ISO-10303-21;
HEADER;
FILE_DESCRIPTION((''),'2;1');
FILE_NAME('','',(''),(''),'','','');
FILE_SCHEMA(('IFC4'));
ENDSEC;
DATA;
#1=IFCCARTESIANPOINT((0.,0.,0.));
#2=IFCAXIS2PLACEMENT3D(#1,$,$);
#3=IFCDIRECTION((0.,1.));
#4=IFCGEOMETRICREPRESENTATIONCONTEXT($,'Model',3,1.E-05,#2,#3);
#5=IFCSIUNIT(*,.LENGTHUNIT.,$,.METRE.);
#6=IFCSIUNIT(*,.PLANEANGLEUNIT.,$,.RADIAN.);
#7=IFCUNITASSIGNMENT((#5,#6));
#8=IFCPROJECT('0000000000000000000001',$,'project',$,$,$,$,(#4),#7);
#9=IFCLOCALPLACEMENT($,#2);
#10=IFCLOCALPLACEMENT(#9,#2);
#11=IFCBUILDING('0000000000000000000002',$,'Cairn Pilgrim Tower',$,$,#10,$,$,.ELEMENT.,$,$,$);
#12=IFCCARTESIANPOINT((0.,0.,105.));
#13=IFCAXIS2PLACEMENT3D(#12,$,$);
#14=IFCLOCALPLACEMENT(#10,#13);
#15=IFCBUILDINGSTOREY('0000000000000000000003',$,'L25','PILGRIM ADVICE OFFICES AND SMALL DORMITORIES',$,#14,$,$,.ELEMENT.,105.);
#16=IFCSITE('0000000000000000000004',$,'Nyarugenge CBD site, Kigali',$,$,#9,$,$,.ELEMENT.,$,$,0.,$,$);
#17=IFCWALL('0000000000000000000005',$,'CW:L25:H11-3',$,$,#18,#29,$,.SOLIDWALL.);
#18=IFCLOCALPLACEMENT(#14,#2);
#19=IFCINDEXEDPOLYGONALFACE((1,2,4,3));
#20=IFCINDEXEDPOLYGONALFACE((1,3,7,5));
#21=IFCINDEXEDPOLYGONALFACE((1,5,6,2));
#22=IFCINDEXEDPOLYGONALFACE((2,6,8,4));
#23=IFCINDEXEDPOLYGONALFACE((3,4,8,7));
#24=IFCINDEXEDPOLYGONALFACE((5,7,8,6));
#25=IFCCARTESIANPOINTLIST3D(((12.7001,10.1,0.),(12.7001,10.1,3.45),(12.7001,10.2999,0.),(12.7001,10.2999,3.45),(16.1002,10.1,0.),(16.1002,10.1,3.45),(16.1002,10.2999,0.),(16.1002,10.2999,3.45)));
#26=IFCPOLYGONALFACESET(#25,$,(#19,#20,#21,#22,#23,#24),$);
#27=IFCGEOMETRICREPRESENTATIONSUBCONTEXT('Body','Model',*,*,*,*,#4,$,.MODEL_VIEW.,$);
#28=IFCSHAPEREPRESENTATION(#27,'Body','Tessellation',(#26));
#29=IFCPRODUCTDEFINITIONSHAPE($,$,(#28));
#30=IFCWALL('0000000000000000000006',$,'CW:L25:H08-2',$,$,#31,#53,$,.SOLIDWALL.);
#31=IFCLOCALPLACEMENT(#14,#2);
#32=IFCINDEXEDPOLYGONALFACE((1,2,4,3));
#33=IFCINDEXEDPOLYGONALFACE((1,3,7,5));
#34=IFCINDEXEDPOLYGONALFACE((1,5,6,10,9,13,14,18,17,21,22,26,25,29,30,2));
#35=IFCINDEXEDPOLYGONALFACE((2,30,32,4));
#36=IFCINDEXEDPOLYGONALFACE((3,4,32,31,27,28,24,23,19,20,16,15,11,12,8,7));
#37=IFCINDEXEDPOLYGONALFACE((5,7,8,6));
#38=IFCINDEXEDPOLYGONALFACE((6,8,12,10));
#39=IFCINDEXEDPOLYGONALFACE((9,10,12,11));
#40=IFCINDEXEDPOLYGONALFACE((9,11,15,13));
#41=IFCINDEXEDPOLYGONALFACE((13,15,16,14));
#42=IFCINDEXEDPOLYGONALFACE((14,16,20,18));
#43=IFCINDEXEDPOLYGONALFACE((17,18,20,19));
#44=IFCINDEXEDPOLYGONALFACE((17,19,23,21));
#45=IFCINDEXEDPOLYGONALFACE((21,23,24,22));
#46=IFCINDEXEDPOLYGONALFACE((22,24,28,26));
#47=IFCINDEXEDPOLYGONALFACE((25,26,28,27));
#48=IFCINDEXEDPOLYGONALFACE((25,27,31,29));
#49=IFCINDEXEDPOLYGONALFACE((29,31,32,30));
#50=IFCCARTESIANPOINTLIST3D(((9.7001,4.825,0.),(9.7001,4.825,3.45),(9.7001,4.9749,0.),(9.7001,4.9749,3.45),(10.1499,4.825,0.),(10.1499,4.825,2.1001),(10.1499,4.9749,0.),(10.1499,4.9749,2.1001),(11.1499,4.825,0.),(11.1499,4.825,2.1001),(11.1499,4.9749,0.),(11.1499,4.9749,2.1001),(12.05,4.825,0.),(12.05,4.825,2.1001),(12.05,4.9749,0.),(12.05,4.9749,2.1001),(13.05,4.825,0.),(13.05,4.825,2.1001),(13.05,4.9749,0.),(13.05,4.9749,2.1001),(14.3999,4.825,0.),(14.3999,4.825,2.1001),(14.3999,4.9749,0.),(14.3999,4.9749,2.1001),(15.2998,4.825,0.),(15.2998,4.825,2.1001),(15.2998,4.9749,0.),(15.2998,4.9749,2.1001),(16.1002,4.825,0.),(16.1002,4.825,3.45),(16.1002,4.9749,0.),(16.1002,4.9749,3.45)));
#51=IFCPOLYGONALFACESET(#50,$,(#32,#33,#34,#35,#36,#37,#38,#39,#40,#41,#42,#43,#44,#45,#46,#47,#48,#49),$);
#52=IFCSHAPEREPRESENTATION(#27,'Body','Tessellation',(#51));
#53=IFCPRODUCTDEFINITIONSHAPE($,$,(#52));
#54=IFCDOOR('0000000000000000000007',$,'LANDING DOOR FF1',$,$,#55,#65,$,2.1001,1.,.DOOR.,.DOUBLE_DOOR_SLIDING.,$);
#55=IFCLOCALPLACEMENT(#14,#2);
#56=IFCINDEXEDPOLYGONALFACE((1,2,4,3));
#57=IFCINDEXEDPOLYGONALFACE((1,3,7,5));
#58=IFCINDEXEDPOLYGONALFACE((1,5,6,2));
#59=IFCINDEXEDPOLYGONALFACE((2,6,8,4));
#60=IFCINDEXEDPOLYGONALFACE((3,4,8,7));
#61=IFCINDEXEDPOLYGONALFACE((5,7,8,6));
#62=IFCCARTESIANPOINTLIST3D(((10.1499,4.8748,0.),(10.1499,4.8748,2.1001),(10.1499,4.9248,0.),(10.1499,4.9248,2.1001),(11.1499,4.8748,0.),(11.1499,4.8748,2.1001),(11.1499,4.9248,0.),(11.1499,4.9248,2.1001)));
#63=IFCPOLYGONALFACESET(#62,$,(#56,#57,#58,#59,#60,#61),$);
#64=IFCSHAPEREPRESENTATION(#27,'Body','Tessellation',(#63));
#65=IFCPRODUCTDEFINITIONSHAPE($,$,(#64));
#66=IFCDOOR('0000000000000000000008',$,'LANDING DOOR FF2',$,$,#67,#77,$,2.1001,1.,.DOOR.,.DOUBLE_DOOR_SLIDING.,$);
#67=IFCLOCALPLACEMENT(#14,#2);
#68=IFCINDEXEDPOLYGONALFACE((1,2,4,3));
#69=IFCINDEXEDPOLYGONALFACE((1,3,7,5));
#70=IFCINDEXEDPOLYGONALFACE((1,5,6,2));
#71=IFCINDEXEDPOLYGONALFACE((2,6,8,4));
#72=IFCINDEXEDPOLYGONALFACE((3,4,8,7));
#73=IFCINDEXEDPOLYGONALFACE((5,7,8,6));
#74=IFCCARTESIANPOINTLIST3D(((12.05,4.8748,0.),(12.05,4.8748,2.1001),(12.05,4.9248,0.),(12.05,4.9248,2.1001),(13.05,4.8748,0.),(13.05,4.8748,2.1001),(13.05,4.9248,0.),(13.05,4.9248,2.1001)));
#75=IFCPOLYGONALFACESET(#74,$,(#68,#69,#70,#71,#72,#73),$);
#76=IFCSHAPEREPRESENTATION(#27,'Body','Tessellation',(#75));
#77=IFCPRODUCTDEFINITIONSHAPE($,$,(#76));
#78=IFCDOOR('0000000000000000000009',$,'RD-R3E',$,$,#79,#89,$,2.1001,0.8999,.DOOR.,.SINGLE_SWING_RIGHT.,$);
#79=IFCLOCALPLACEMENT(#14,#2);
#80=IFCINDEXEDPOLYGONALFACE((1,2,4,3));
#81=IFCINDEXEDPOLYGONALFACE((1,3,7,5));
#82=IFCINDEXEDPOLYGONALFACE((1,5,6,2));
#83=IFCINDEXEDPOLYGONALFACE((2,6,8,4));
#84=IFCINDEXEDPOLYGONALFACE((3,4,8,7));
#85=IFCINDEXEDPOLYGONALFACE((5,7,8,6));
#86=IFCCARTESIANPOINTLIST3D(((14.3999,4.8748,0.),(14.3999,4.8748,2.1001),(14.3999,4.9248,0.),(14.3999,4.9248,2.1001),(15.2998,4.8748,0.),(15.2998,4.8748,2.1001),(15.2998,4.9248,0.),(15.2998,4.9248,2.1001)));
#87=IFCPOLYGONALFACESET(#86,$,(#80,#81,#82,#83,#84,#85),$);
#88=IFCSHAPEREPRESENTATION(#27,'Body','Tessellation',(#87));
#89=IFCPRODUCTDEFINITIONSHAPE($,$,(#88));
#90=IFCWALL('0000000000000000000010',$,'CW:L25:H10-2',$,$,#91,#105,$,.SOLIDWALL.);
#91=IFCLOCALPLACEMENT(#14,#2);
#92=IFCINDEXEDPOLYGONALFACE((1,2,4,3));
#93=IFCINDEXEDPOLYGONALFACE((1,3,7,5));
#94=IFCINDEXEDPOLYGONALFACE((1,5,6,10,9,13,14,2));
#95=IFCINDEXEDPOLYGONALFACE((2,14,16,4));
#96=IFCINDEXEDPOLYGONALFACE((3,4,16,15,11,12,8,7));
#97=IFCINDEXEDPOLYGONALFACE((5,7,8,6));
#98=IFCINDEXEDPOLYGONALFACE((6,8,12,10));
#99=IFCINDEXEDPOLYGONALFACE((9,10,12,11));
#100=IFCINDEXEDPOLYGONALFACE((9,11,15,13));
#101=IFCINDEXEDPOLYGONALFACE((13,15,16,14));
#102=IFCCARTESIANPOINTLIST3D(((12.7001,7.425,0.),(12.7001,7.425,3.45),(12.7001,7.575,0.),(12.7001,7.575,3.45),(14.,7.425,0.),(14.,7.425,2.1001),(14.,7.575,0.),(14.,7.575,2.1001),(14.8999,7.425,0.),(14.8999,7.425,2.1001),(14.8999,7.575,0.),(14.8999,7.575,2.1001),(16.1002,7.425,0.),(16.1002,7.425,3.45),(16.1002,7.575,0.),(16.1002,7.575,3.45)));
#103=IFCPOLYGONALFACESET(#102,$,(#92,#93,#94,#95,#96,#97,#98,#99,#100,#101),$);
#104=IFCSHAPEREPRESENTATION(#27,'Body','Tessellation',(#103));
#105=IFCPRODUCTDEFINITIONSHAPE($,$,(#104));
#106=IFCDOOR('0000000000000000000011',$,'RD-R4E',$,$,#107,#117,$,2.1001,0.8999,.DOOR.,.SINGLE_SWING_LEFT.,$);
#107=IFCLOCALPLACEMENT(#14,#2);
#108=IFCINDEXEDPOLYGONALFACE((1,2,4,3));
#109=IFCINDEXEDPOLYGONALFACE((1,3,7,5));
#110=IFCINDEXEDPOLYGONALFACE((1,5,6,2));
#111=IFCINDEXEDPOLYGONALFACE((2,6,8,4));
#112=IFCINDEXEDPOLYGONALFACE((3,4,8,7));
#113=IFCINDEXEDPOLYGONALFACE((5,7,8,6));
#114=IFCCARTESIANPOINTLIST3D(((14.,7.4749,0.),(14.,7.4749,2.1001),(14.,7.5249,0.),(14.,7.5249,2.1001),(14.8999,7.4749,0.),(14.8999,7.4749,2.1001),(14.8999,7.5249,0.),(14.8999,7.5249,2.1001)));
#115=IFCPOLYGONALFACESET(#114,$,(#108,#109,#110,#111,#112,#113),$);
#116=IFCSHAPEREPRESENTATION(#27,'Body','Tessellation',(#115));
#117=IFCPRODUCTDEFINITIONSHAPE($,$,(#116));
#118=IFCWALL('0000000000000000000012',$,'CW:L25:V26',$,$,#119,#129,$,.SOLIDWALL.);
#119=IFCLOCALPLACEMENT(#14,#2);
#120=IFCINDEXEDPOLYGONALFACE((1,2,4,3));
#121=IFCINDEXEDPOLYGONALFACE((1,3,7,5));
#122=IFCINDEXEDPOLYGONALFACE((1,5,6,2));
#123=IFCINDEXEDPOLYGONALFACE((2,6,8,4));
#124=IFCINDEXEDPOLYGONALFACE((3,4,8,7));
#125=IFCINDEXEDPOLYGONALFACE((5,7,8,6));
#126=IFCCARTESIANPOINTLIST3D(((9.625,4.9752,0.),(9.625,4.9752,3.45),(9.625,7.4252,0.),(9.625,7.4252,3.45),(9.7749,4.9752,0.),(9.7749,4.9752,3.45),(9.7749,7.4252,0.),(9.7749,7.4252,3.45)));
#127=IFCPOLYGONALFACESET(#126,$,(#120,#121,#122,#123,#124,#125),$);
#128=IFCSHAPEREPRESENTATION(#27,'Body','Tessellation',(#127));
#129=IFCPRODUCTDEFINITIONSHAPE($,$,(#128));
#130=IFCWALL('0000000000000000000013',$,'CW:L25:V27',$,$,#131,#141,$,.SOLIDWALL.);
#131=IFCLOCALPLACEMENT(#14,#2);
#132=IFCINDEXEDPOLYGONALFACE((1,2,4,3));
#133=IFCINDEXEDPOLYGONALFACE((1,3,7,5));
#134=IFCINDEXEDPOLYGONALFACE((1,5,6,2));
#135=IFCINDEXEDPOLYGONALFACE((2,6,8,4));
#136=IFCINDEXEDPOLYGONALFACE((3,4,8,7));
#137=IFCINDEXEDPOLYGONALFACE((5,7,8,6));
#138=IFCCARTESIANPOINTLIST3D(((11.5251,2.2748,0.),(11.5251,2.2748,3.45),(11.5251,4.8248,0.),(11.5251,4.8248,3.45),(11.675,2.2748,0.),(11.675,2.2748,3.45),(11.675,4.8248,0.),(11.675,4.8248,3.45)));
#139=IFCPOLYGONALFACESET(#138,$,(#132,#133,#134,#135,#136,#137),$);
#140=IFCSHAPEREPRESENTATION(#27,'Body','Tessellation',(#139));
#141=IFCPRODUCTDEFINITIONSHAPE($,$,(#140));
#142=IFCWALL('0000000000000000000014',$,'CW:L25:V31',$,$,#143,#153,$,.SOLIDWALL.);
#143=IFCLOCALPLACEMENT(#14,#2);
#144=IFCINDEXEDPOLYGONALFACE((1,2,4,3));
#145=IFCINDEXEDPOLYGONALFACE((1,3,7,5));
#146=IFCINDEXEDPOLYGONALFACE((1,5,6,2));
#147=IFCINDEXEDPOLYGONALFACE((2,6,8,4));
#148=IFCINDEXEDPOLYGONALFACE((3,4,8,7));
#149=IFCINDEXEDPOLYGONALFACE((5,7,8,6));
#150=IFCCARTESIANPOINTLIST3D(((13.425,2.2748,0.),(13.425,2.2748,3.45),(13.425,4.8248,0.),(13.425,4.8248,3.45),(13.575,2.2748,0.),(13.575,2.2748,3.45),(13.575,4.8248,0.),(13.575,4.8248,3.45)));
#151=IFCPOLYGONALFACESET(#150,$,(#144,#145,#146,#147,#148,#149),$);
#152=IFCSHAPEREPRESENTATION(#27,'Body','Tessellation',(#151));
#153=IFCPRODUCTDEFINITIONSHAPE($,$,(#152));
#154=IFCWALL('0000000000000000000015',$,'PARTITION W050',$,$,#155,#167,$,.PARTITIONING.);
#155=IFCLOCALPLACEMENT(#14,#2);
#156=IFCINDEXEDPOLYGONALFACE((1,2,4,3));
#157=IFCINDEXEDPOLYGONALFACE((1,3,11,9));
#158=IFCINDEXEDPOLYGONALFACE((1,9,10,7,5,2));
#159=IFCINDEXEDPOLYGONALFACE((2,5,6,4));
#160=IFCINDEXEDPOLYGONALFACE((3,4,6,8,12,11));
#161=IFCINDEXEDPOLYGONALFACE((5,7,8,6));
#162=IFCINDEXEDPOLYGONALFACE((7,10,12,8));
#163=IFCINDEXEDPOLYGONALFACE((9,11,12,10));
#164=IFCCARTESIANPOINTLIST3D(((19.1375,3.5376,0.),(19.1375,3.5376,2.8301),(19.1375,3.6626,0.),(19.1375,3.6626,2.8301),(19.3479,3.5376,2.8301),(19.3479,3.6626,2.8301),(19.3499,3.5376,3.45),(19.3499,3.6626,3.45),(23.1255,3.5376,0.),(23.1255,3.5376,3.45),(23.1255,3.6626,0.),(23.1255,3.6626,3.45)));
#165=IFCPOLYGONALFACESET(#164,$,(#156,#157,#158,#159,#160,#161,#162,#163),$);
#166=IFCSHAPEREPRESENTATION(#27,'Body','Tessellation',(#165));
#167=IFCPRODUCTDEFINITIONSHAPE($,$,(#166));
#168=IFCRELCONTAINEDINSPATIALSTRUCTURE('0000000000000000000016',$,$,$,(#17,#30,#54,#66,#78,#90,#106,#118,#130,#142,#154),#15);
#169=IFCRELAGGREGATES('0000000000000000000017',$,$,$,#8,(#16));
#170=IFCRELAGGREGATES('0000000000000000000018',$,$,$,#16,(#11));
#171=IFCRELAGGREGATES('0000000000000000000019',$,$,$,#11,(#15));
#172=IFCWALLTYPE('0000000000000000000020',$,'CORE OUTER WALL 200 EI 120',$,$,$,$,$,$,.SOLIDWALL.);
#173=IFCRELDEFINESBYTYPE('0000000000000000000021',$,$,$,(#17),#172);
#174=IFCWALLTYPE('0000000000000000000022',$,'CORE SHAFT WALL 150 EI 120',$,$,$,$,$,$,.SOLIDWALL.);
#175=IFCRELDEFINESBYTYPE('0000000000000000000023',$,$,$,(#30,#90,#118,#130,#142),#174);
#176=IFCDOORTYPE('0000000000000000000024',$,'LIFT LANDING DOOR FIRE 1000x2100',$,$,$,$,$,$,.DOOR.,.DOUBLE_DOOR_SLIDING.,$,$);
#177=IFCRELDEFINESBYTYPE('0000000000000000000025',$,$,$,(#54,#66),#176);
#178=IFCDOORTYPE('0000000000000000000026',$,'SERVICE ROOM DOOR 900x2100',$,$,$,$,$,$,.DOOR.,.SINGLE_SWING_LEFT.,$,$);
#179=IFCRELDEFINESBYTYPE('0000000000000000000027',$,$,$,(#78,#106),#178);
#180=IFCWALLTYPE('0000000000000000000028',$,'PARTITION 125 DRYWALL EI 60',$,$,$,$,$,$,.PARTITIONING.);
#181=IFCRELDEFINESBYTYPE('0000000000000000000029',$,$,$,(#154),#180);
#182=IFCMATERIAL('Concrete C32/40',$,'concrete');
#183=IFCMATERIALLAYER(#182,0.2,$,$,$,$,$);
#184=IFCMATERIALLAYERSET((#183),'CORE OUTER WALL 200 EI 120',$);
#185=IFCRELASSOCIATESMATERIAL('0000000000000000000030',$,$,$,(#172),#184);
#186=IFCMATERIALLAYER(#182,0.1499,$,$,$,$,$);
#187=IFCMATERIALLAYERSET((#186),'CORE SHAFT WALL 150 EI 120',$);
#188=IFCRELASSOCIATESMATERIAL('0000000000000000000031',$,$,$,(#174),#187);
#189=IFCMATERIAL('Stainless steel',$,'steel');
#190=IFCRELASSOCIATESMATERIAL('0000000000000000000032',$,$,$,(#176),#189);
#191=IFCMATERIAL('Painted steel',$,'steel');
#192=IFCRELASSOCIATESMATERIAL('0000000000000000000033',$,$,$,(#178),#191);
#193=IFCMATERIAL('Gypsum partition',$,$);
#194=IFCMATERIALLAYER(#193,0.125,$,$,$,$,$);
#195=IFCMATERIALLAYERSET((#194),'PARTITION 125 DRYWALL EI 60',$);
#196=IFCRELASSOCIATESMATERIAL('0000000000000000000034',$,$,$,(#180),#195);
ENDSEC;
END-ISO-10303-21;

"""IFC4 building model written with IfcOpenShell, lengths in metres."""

from ifc_helpers import new_model, si_unit, direction, frame, frame_2d, origin, place, context, subcontext, project, spatial, polyline, rectangle, outline, extrude, material, layer, layer_set, type_object, element, fill, save


model = new_model("IFC4")

# Units and contexts
model_context = context("Model", 3, precision=1e-05, world=origin(), true_north=direction((0.0, 1.0)))
body_context = subcontext(model_context, "Body", "Model", "MODEL_VIEW")
ifc_project = project(units=[si_unit("LENGTHUNIT", "METRE"), si_unit("PLANEANGLEUNIT", "RADIAN")], contexts=[model_context])

# Site, building, storey
site_placement = place(None, origin())
site = spatial("IfcSite", under=ifc_project, at=site_placement, Name="Nyarugenge CBD site, Kigali", CompositionType="ELEMENT", RefElevation=0.0)
building_placement = place(site_placement, origin())
building = spatial("IfcBuilding", under=site, at=building_placement, Name="Cairn Pilgrim Tower", CompositionType="ELEMENT")
storey_placement = place(building_placement, frame((0.0, 0.0, 105.0)))
storey = spatial("IfcBuildingStorey", under=building, at=storey_placement, Name="L25", Description="PILGRIM ADVICE OFFICES AND SMALL DORMITORIES", CompositionType="ELEMENT", Elevation=105.0)

# Wall
ifc_material_1 = material(Name="Concrete C32/40", Category="concrete")
ifc_layer_1 = layer(ifc_material_1, 0.2)
ifc_layer_set_1 = layer_set([ifc_layer_1], Name="CORE OUTER WALL 200 EI 120")
wall_type_1 = type_object("IfcWallType", Name="CORE OUTER WALL 200 EI 120", PredefinedType="SOLIDWALL", material=ifc_layer_set_1)
wall_1_placement = place(storey_placement, frame((12.7, 10.2, 0.0), z_axis=(0.0, 0.0, 1.0), x_axis=(1.0, 0.0, 0.0)))
element("IfcWall", 1, at=wall_1_placement, inside=storey, type_object=wall_type_1, Name="CW:L25:H11-3", PredefinedType="SOLIDWALL", context=body_context, shape_type="SweptSolid", body=[
    extrude(rectangle(XDim=3.4001, YDim=0.2, at=frame_2d((1.7002, 0.0))), origin(), (0.0, 0.0, 1.0), 3.45),
])

# Wall, openings, doors
ifc_layer_2 = layer(ifc_material_1, 0.1499)
ifc_layer_set_2 = layer_set([ifc_layer_2], Name="CORE SHAFT WALL 150 EI 120")
wall_type_2 = type_object("IfcWallType", Name="CORE SHAFT WALL 150 EI 120", PredefinedType="SOLIDWALL", material=ifc_layer_set_2)
wall_2_placement = place(storey_placement, frame((9.7, 4.8999, 0.0), z_axis=(0.0, 0.0, 1.0), x_axis=(1.0, 0.0, 0.0)))
wall_2 = element("IfcWall", 2, at=wall_2_placement, inside=storey, type_object=wall_type_2, Name="CW:L25:H08-2", PredefinedType="SOLIDWALL", context=body_context, shape_type="SweptSolid", body=[
    extrude(rectangle(XDim=6.4001, YDim=0.1499, at=frame_2d((3.2002, 0.0))), origin(), (0.0, 0.0, 1.0), 3.45),
])
opening_1_placement = place(wall_2_placement, frame((0.45, 0.0, 0.0)))
opening_1 = element("IfcOpeningElement", 3, at=opening_1_placement, cuts=wall_2, PredefinedType="OPENING", context=body_context, shape_type="SweptSolid", body=[
    extrude(rectangle(XDim=1.0, YDim=2.1001, at=frame_2d((0.5, 1.05))), frame((0.0, 0.085, 0.0), z_axis=(0.0, -1.0, 0.0), x_axis=(1.0, 0.0, 0.0)), (0.0, 0.0, 1.0), 0.1699),
])
opening_2_placement = place(wall_2_placement, frame((2.3501, 0.0, 0.0)))
opening_2 = element("IfcOpeningElement", 4, at=opening_2_placement, cuts=wall_2, PredefinedType="OPENING", context=body_context, shape_type="SweptSolid", body=[
    extrude(rectangle(XDim=1.0, YDim=2.1001, at=frame_2d((0.5, 1.05))), frame((0.0, 0.085, 0.0), z_axis=(0.0, -1.0, 0.0), x_axis=(1.0, 0.0, 0.0)), (0.0, 0.0, 1.0), 0.1699),
])
opening_3_placement = place(wall_2_placement, frame((4.7, 0.0, 0.0)))
opening_3 = element("IfcOpeningElement", 5, at=opening_3_placement, cuts=wall_2, PredefinedType="OPENING", context=body_context, shape_type="SweptSolid", body=[
    extrude(rectangle(XDim=0.8999, YDim=2.1001, at=frame_2d((0.45, 1.05))), frame((0.0, 0.085, 0.0), z_axis=(0.0, -1.0, 0.0), x_axis=(1.0, 0.0, 0.0)), (0.0, 0.0, 1.0), 0.1699),
])
ifc_material_2 = material(Name="Stainless steel", Category="steel")
door_type_1 = type_object("IfcDoorType", Name="LIFT LANDING DOOR FIRE 1000x2100", OperationType="DOUBLE_DOOR_SLIDING", PredefinedType="DOOR", material=ifc_material_2)
door_1_placement = place(opening_1_placement, origin())
door_1 = element("IfcDoor", 6, at=door_1_placement, inside=storey, type_object=door_type_1, Name="LANDING DOOR FF1", OperationType="DOUBLE_DOOR_SLIDING", OverallHeight=2.1001, OverallWidth=1.0, PredefinedType="DOOR", context=body_context, shape_type="SweptSolid", body=[
    extrude(rectangle(XDim=1.0, YDim=2.1001, at=frame_2d((0.5, 1.05))), frame((0.0, 0.0249, 0.0), z_axis=(0.0, -1.0, 0.0), x_axis=(1.0, 0.0, 0.0)), (0.0, 0.0, 1.0), 0.05),
])
fill(opening_1, door_1)
door_2_placement = place(opening_2_placement, origin())
door_2 = element("IfcDoor", 7, at=door_2_placement, inside=storey, type_object=door_type_1, Name="LANDING DOOR FF2", OperationType="DOUBLE_DOOR_SLIDING", OverallHeight=2.1001, OverallWidth=1.0, PredefinedType="DOOR", context=body_context, shape_type="SweptSolid", body=[
    extrude(rectangle(XDim=1.0, YDim=2.1001, at=frame_2d((0.5, 1.05))), frame((0.0, 0.0249, 0.0), z_axis=(0.0, -1.0, 0.0), x_axis=(1.0, 0.0, 0.0)), (0.0, 0.0, 1.0), 0.05),
])
fill(opening_2, door_2)
ifc_material_3 = material(Name="Painted steel", Category="steel")
door_type_2 = type_object("IfcDoorType", Name="SERVICE ROOM DOOR 900x2100", OperationType="SINGLE_SWING_LEFT", PredefinedType="DOOR", material=ifc_material_3)
door_3_placement = place(opening_3_placement, origin())
door_3 = element("IfcDoor", 8, at=door_3_placement, inside=storey, type_object=door_type_2, Name="RD-R3E", OperationType="SINGLE_SWING_RIGHT", OverallHeight=2.1001, OverallWidth=0.8999, PredefinedType="DOOR", context=body_context, shape_type="SweptSolid", body=[
    extrude(rectangle(XDim=0.8999, YDim=2.1001, at=frame_2d((0.45, 1.05))), frame((0.0, 0.0249, 0.0), z_axis=(0.0, -1.0, 0.0), x_axis=(1.0, 0.0, 0.0)), (0.0, 0.0, 1.0), 0.05),
])
fill(opening_3, door_3)

# Wall, opening, door
wall_3_placement = place(storey_placement, frame((12.7, 7.5, 0.0), z_axis=(0.0, 0.0, 1.0), x_axis=(1.0, 0.0, 0.0)))
wall_3 = element("IfcWall", 9, at=wall_3_placement, inside=storey, type_object=wall_type_2, Name="CW:L25:H10-2", PredefinedType="SOLIDWALL", context=body_context, shape_type="SweptSolid", body=[
    extrude(rectangle(XDim=3.4001, YDim=0.1499, at=frame_2d((1.7002, 0.0))), origin(), (0.0, 0.0, 1.0), 3.45),
])
opening_4_placement = place(wall_3_placement, frame((1.3, 0.0, 0.0)))
opening_4 = element("IfcOpeningElement", 10, at=opening_4_placement, cuts=wall_3, PredefinedType="OPENING", context=body_context, shape_type="SweptSolid", body=[
    extrude(rectangle(XDim=0.8999, YDim=2.1001, at=frame_2d((0.45, 1.05))), frame((0.0, 0.085, 0.0), z_axis=(0.0, -1.0, 0.0), x_axis=(1.0, 0.0, 0.0)), (0.0, 0.0, 1.0), 0.1699),
])
door_4_placement = place(opening_4_placement, origin())
door_4 = element("IfcDoor", 11, at=door_4_placement, inside=storey, type_object=door_type_2, Name="RD-R4E", OperationType="SINGLE_SWING_LEFT", OverallHeight=2.1001, OverallWidth=0.8999, PredefinedType="DOOR", context=body_context, shape_type="SweptSolid", body=[
    extrude(rectangle(XDim=0.8999, YDim=2.1001, at=frame_2d((0.45, 1.05))), frame((0.0, 0.0249, 0.0), z_axis=(0.0, -1.0, 0.0), x_axis=(1.0, 0.0, 0.0)), (0.0, 0.0, 1.0), 0.05),
])
fill(opening_4, door_4)

# Walls
wall_4_placement = place(storey_placement, frame((9.7, 4.9751, 0.0), z_axis=(0.0, 0.0, 1.0), x_axis=(0.0, 1.0, 0.0)))
element("IfcWall", 12, at=wall_4_placement, inside=storey, type_object=wall_type_2, Name="CW:L25:V26", PredefinedType="SOLIDWALL", context=body_context, shape_type="SweptSolid", body=[
    extrude(rectangle(XDim=2.45, YDim=0.1499, at=frame_2d((1.2251, 0.0))), origin(), (0.0, 0.0, 1.0), 3.45),
])
for number, where, z_axis, x_axis, name in (
    (13, (11.6001, 2.2749, 0.0), (0.0, 0.0, 1.0), (0.0, 1.0, 0.0), "CW:L25:V27"),
    (14, (13.5, 2.2749, 0.0), (0.0, 0.0, 1.0), (0.0, 1.0, 0.0), "CW:L25:V31"),
):
    element("IfcWall", number, at=place(storey_placement, frame(where, z_axis=z_axis, x_axis=x_axis)), inside=storey, type_object=wall_type_2, Name=name, PredefinedType="SOLIDWALL", context=body_context, shape_type="SweptSolid", body=[
        extrude(rectangle(XDim=2.55, YDim=0.1499, at=frame_2d((1.2749, 0.0))), origin(), (0.0, 0.0, 1.0), 3.45),
    ])
ifc_material_4 = material(Name="Gypsum partition")
ifc_layer_3 = layer(ifc_material_4, 0.125)
ifc_layer_set_3 = layer_set([ifc_layer_3], Name="PARTITION 125 DRYWALL EI 60")
wall_type_3 = type_object("IfcWallType", Name="PARTITION 125 DRYWALL EI 60", PredefinedType="PARTITIONING", material=ifc_layer_set_3)
wall_5_placement = place(storey_placement, frame((19.1375, 3.6001, 0.0), z_axis=(0.0, 0.0, 1.0), x_axis=(1.0, 0.0, 0.0)))
element("IfcWall", 15, at=wall_5_placement, inside=storey, type_object=wall_type_3, Name="PARTITION W050", PredefinedType="PARTITIONING", context=body_context, shape_type="SweptSolid", body=[
    extrude(outline(polyline([(0.0, 0.0), (3.988, 0.0), (3.988, 3.45), (0.2124, 3.45), (0.2104, 2.8301), (0.0, 2.8301), (0.0, 0.0)])), frame((0.0, 0.0625, 0.0), z_axis=(0.0, -1.0, 0.0), x_axis=(1.0, 0.0, 0.0)), (0.0, 0.0, 1.0), 0.125),
])

save(model, "model.ifc")
